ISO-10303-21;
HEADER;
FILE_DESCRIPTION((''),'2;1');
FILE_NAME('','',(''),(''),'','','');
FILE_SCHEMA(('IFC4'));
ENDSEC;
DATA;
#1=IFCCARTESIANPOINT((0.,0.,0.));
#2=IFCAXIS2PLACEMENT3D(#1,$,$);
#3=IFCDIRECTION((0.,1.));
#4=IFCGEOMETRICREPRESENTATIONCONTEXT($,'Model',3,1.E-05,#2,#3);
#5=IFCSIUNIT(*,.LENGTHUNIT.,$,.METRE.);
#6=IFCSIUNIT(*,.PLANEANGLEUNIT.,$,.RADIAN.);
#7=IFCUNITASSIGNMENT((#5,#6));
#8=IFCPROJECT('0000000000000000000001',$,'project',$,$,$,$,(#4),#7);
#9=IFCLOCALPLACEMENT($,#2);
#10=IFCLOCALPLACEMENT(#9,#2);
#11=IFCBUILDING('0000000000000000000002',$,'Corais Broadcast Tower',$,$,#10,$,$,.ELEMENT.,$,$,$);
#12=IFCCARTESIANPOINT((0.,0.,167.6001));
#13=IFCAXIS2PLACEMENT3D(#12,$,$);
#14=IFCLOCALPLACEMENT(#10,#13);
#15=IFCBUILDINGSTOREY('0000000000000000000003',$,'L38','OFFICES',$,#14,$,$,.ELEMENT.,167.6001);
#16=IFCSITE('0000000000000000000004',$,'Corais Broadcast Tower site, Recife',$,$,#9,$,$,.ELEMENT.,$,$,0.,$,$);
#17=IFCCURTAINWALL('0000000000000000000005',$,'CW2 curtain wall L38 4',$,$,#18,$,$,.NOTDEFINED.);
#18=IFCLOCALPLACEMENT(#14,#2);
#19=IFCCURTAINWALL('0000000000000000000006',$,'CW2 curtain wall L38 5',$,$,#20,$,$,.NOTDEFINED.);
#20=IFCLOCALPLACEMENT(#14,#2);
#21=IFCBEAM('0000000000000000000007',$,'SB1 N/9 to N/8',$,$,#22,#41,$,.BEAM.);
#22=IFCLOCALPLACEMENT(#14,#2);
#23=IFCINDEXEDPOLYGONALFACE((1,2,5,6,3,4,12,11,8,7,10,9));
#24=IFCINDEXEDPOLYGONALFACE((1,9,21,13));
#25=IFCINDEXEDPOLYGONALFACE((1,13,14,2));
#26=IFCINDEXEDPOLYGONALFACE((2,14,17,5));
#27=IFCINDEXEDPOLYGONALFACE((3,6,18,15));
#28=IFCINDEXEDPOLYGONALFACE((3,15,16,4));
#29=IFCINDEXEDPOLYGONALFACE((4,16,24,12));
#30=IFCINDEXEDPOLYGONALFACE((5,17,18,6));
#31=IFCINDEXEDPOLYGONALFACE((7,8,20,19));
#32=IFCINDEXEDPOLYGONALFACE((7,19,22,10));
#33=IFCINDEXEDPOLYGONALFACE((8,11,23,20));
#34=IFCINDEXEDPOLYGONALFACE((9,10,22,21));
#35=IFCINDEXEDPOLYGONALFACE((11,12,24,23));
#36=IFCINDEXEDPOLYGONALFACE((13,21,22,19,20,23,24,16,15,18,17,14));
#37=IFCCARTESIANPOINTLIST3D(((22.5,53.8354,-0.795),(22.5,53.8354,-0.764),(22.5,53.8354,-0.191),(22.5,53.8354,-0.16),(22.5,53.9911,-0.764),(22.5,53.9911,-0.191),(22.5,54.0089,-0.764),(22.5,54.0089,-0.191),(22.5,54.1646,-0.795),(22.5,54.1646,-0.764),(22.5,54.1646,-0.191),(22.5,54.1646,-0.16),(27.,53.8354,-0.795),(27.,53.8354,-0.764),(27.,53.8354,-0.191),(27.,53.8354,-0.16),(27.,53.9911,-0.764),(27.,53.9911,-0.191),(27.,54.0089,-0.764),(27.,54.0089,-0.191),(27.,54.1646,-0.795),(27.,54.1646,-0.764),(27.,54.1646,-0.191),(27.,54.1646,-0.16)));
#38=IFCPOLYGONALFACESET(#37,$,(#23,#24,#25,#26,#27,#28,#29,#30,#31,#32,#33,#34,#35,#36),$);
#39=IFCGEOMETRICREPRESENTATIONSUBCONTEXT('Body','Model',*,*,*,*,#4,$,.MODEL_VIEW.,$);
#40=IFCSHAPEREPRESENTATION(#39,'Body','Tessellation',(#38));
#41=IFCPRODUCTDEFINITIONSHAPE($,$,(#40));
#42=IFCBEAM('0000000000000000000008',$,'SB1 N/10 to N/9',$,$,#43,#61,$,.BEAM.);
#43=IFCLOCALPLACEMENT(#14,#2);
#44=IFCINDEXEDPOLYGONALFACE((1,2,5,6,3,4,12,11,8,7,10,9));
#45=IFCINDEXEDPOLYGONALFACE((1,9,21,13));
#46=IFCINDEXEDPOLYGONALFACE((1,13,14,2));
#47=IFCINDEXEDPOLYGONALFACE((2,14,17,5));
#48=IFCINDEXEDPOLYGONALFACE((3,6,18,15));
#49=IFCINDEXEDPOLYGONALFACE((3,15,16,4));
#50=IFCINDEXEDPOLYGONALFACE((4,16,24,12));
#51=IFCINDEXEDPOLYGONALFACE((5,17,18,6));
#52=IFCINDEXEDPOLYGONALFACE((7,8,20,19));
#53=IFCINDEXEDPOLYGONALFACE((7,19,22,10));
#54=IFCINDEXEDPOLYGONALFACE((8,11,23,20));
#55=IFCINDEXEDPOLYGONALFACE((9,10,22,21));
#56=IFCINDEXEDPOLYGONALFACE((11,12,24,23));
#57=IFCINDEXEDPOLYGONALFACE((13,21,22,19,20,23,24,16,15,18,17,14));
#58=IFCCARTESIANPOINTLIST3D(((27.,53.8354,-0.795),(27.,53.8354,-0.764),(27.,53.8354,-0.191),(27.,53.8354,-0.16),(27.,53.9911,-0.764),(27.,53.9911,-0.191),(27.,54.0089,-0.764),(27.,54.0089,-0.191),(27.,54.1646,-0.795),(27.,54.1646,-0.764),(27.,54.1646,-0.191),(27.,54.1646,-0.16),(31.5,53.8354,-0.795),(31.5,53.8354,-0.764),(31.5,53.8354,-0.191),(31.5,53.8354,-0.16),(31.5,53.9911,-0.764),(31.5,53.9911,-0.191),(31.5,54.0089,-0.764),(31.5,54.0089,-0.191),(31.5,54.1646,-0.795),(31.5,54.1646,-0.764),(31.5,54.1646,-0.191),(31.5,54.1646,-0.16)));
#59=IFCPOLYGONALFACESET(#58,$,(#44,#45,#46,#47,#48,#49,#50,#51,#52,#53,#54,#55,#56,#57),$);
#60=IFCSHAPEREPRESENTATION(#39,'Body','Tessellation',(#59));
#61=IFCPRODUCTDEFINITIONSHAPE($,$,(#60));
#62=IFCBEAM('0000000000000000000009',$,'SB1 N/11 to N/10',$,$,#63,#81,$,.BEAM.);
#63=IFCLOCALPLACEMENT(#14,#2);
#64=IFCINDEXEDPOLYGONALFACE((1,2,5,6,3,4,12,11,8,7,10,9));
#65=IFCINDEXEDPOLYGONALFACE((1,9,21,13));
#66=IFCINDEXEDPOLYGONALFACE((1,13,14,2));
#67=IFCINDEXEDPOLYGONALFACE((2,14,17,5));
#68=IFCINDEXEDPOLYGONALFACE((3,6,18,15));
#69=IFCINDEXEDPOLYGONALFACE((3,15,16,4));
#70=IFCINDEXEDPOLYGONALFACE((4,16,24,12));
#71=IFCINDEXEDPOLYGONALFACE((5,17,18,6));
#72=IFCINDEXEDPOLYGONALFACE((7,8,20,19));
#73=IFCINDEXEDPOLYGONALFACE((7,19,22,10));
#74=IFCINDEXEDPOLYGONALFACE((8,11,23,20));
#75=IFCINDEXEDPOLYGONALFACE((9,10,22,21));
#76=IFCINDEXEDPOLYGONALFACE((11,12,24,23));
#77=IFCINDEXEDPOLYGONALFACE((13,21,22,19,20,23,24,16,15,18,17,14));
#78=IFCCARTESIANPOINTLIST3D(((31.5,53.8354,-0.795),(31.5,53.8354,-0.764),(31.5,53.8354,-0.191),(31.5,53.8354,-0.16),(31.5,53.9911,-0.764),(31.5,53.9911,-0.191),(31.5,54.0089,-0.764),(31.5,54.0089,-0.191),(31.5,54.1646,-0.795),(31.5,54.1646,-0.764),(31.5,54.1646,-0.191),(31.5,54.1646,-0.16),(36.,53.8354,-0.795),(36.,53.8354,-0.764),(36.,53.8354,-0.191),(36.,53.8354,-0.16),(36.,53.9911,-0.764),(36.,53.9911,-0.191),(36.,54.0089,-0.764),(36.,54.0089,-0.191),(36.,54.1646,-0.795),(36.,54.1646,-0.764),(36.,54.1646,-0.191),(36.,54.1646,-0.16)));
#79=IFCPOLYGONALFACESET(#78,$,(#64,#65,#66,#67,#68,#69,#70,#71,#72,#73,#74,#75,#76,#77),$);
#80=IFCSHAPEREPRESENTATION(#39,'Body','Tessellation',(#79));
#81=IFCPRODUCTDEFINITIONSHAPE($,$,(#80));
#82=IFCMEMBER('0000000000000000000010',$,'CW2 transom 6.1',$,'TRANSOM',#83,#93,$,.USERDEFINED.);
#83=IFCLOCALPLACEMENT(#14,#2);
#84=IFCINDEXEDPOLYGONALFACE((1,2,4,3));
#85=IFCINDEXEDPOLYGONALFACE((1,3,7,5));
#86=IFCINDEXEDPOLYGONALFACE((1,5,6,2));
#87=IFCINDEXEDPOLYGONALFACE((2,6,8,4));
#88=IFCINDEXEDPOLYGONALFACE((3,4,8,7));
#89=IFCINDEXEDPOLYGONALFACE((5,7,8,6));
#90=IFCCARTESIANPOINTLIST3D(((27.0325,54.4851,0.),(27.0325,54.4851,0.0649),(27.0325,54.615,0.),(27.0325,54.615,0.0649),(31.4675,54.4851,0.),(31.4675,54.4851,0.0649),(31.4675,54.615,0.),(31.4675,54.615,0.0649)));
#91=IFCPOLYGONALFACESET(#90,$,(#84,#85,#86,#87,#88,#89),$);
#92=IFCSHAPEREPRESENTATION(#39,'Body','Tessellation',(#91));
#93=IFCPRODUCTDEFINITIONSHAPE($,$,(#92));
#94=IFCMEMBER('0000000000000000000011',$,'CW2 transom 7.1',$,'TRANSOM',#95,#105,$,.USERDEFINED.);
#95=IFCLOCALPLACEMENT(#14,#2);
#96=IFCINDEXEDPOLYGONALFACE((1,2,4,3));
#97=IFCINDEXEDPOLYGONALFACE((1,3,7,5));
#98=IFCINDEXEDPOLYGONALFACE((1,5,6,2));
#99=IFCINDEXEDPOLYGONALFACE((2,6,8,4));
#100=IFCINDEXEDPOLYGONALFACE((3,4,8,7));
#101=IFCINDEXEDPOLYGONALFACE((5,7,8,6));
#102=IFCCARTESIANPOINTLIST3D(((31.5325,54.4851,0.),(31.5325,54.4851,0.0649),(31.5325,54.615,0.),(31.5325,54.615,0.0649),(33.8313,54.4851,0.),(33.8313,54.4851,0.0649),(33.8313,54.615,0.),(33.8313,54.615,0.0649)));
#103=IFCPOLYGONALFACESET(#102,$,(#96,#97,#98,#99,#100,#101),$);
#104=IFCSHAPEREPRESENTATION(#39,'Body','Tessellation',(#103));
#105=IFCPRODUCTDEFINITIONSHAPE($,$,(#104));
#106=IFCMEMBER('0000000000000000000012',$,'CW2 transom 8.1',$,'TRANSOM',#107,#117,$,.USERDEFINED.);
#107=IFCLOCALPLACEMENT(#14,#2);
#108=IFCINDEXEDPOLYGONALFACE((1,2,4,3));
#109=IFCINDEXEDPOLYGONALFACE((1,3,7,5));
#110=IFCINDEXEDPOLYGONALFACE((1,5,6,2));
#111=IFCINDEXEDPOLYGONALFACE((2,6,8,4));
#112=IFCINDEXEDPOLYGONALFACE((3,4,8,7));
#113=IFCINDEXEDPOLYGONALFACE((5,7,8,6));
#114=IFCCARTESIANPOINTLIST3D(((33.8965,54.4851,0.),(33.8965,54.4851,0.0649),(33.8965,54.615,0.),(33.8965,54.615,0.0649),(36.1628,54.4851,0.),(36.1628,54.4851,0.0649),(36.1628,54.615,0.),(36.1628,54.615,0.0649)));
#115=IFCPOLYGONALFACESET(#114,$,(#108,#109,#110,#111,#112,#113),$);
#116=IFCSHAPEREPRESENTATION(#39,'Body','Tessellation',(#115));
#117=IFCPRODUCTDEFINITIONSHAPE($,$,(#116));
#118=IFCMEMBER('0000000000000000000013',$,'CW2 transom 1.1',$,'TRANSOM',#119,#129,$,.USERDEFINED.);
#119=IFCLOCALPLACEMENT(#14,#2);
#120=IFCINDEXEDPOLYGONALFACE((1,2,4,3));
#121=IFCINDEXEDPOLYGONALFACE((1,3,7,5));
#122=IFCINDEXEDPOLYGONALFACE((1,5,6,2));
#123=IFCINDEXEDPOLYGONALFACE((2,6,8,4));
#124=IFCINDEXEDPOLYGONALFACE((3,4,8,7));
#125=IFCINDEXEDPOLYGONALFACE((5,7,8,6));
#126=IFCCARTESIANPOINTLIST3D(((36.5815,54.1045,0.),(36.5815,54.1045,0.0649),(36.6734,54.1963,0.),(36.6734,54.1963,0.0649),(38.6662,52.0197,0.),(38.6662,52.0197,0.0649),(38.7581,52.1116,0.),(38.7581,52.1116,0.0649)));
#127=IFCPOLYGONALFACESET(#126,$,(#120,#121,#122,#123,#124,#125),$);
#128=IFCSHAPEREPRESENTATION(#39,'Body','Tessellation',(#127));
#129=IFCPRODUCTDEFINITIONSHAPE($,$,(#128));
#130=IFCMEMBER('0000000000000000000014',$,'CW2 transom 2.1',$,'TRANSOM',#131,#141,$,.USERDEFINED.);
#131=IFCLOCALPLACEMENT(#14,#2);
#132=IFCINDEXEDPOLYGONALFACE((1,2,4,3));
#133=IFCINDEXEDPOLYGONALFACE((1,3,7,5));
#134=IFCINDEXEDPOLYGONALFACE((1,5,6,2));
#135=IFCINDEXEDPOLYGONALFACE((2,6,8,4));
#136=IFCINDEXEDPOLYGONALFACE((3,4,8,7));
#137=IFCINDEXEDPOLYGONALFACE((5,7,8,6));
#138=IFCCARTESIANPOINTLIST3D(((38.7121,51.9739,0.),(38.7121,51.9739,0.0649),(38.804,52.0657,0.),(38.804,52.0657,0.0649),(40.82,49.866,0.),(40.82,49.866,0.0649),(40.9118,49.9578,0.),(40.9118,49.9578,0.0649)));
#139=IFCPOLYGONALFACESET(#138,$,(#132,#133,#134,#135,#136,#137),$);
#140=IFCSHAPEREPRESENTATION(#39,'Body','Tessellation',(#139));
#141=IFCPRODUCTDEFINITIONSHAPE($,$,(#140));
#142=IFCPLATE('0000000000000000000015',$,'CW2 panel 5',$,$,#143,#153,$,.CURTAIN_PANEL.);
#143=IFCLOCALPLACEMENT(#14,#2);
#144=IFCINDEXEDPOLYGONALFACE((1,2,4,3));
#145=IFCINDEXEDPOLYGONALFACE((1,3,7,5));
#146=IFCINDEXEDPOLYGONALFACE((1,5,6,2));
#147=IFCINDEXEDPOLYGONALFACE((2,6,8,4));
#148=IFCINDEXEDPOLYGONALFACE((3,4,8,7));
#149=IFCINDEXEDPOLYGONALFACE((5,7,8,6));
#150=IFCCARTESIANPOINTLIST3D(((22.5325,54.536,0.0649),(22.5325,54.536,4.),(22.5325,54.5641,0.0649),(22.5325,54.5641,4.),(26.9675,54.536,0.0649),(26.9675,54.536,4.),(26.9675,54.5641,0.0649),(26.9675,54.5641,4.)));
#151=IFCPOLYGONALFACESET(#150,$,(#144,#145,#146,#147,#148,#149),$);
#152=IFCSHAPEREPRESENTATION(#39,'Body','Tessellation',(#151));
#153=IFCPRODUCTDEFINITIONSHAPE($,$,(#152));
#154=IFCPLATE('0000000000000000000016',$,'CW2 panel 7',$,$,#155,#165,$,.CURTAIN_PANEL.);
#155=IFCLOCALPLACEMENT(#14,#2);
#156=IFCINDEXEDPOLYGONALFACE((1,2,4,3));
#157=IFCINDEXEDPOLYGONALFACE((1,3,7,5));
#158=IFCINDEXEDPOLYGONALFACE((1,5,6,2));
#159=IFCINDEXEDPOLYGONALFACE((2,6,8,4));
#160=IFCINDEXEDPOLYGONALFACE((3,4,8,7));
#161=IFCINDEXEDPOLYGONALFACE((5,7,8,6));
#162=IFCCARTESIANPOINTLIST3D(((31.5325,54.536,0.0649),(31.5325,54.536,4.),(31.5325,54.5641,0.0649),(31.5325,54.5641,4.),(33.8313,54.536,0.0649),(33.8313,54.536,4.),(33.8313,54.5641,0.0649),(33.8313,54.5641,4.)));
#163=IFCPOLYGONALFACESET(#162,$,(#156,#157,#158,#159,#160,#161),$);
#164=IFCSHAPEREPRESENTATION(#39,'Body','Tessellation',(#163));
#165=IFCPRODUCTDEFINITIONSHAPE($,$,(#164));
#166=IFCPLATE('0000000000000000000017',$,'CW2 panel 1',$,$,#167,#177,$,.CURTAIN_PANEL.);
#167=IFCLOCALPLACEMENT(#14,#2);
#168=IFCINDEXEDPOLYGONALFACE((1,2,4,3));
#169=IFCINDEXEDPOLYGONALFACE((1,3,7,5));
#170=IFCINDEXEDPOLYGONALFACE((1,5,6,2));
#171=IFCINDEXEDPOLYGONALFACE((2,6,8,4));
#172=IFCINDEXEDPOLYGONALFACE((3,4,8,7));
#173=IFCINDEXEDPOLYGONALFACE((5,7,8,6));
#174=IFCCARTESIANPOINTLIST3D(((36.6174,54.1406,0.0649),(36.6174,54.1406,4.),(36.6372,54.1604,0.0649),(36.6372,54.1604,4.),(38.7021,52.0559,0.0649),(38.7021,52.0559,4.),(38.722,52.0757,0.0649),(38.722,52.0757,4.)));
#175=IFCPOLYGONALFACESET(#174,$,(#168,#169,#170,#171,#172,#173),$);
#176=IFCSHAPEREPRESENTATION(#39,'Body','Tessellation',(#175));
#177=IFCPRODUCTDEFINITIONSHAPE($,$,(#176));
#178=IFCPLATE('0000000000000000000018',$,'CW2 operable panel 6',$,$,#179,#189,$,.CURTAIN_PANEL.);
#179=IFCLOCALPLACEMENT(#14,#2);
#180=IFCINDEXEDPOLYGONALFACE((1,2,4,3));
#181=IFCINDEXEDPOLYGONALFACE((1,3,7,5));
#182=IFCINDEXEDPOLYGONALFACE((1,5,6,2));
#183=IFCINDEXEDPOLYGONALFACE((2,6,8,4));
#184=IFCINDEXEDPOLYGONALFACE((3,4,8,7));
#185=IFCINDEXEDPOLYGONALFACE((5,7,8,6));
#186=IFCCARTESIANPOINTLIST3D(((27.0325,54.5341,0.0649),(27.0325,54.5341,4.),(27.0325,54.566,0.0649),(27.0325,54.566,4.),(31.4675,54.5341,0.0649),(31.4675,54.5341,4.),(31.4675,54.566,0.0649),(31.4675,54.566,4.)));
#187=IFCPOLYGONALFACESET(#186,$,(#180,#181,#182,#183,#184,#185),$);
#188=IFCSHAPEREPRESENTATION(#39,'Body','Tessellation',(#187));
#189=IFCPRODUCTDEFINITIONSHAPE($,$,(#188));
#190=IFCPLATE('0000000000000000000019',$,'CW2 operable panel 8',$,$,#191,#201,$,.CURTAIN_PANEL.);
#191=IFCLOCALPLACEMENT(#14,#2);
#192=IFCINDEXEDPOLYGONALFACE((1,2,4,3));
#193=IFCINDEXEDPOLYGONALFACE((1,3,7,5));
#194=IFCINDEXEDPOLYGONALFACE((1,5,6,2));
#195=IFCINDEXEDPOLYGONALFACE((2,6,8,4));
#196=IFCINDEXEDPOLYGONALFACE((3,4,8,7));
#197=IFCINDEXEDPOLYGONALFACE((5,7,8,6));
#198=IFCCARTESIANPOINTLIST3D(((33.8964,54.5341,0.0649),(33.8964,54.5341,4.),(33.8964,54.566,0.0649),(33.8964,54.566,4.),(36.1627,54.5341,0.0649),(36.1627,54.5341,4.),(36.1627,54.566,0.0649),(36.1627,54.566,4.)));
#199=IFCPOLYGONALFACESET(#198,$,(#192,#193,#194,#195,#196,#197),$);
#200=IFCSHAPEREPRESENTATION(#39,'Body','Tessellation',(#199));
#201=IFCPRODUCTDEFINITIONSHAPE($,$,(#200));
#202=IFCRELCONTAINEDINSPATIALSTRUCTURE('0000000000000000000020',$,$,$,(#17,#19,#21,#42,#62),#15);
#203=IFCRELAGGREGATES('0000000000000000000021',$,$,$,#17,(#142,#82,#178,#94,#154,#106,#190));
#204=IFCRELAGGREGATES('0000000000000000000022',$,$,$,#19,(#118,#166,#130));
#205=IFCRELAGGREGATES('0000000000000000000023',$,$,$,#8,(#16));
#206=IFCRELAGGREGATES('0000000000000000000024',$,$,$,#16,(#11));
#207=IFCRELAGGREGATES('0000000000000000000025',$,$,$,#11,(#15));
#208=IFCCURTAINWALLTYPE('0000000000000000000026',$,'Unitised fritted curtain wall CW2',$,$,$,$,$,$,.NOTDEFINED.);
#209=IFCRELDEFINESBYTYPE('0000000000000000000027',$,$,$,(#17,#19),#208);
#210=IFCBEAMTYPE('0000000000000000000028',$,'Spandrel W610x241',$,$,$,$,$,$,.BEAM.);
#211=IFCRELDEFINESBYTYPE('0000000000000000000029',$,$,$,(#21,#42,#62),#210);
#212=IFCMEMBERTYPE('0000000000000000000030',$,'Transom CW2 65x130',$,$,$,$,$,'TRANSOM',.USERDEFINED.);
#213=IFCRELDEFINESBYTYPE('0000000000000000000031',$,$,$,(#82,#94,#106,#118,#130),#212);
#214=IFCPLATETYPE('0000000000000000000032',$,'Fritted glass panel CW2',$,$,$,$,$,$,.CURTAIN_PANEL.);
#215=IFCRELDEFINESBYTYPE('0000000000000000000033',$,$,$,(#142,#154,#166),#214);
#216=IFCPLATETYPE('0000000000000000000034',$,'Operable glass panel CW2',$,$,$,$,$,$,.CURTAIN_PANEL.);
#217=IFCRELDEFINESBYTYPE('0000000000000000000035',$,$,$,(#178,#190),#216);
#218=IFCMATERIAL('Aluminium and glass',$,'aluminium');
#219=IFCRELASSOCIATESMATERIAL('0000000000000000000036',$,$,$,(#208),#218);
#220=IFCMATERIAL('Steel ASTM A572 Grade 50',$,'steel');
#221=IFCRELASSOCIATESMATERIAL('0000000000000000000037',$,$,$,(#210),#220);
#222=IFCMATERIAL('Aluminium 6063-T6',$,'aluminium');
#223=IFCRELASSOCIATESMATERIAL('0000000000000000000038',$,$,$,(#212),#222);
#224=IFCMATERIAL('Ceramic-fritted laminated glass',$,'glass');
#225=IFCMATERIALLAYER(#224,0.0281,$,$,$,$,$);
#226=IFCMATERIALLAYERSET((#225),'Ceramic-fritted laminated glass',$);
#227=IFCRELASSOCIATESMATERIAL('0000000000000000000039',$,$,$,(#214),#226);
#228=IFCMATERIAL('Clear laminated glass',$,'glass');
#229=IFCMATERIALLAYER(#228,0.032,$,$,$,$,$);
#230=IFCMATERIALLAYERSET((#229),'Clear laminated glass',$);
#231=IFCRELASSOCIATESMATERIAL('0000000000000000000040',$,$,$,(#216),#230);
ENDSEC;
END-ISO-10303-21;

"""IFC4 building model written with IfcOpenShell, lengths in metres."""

from ifc_helpers import new_model, si_unit, direction, frame, origin, origin_2d, place, context, subcontext, project, spatial, rectangle, i_section, extrude, material, layer, layer_set, material_profile, profile_set, type_object, element, aggregate, save


model = new_model("IFC4")

# Units and contexts
model_context = context("Model", 3, precision=1e-05, world=origin(), true_north=direction((0.0, 1.0)))
body_context = subcontext(model_context, "Body", "Model", "MODEL_VIEW")
ifc_project = project(units=[si_unit("LENGTHUNIT", "METRE"), si_unit("PLANEANGLEUNIT", "RADIAN")], contexts=[model_context])

# Site, building, storey
site_placement = place(None, origin())
site = spatial("IfcSite", under=ifc_project, at=site_placement, Name="Corais Broadcast Tower site, Recife", CompositionType="ELEMENT", RefElevation=0.0)
building_placement = place(site_placement, origin())
building = spatial("IfcBuilding", under=site, at=building_placement, Name="Corais Broadcast Tower", CompositionType="ELEMENT")
storey_placement = place(building_placement, frame((0.0, 0.0, 167.6001)))
storey = spatial("IfcBuildingStorey", under=building, at=storey_placement, Name="L38", Description="OFFICES", CompositionType="ELEMENT", Elevation=167.6001)

# Curtain walls
ifc_material_1 = material(Name="Aluminium and glass", Category="aluminium")
curtain_wall_type = type_object("IfcCurtainWallType", Name="Unitised fritted curtain wall CW2", PredefinedType="NOTDEFINED", material=ifc_material_1)
curtain_wall_1_placement = place(storey_placement, origin())
curtain_wall_1 = element("IfcCurtainWall", 1, at=curtain_wall_1_placement, inside=storey, type_object=curtain_wall_type, Name="CW2 curtain wall L38 4", PredefinedType="NOTDEFINED")
curtain_wall_2_placement = place(storey_placement, origin())
curtain_wall_2 = element("IfcCurtainWall", 2, at=curtain_wall_2_placement, inside=storey, type_object=curtain_wall_type, Name="CW2 curtain wall L38 5", PredefinedType="NOTDEFINED")

# Beams
ifc_material_2 = material(Name="Steel ASTM A572 Grade 50", Category="steel")
ifc_material_profile_1 = material_profile(ifc_material_2, i_section(OverallWidth=0.3291, OverallDepth=0.635, WebThickness=0.0178, FlangeThickness=0.031, at=origin_2d()), Name="W610x241")
ifc_profile_set_1 = profile_set([ifc_material_profile_1], Name="Steel ASTM A572 Grade 50")
beam_type_1 = type_object("IfcBeamType", Name="Spandrel W610x241", PredefinedType="BEAM", material=ifc_profile_set_1)
for number, where, z_axis, x_axis, name in (
    (3, (27.0, 54.0, -0.4775), (-1.0, 0.0, 0.0), (0.0, -1.0, 0.0), "SB1 N/9 to N/8"),
    (4, (31.5, 54.0, -0.4775), (-1.0, 0.0, 0.0), (0.0, -1.0, 0.0), "SB1 N/10 to N/9"),
    (5, (36.0, 54.0, -0.4775), (-1.0, 0.0, 0.0), (0.0, -1.0, 0.0), "SB1 N/11 to N/10"),
):
    element("IfcBeam", number, at=place(storey_placement, frame(where, z_axis=z_axis, x_axis=x_axis)), inside=storey, type_object=beam_type_1, Name=name, PredefinedType="BEAM", context=body_context, shape_type="SweptSolid", body=[
        extrude(i_section(OverallWidth=0.3291, OverallDepth=0.635, WebThickness=0.0178, FlangeThickness=0.031, at=origin_2d()), origin(), (0.0, 0.0, 1.0), 4.5),
    ])

# Members
ifc_material_3 = material(Name="Aluminium 6063-T6", Category="aluminium")
ifc_material_profile_2 = material_profile(ifc_material_3, rectangle(XDim=0.1299, YDim=0.0649, at=origin_2d()), Name="Transom CW2 65x130")
ifc_profile_set_2 = profile_set([ifc_material_profile_2], Name="Aluminium 6063-T6")
member_type_1 = type_object("IfcMemberType", Name="Transom CW2 65x130", ElementType="TRANSOM", PredefinedType="USERDEFINED", material=ifc_profile_set_2)
member_1_placement = place(storey_placement, frame((27.0325, 54.55, 0.0325), z_axis=(1.0, 0.0, 0.0), x_axis=(0.0, 1.0, 0.0)))
member_1 = element("IfcMember", 6, at=member_1_placement, type_object=member_type_1, Name="CW2 transom 6.1", ObjectType="TRANSOM", PredefinedType="USERDEFINED", context=body_context, shape_type="SweptSolid", body=[
    extrude(rectangle(XDim=0.1299, YDim=0.0649, at=origin_2d()), origin(), (0.0, 0.0, 1.0), 4.4351),
])
member_2_placement = place(storey_placement, frame((31.5325, 54.55, 0.0325), z_axis=(1.0, 0.0, 0.0), x_axis=(0.0, 1.0, 0.0)))
member_2 = element("IfcMember", 7, at=member_2_placement, type_object=member_type_1, Name="CW2 transom 7.1", ObjectType="TRANSOM", PredefinedType="USERDEFINED", context=body_context, shape_type="SweptSolid", body=[
    extrude(rectangle(XDim=0.1299, YDim=0.0649, at=origin_2d()), origin(), (0.0, 0.0, 1.0), 2.2988),
])
member_3_placement = place(storey_placement, frame((33.8965, 54.55, 0.0325), z_axis=(1.0, 0.0, 0.0), x_axis=(0.0, 1.0, 0.0)))
member_3 = element("IfcMember", 8, at=member_3_placement, type_object=member_type_1, Name="CW2 transom 8.1", ObjectType="TRANSOM", PredefinedType="USERDEFINED", context=body_context, shape_type="SweptSolid", body=[
    extrude(rectangle(XDim=0.1299, YDim=0.0649, at=origin_2d()), origin(), (0.0, 0.0, 1.0), 2.2664),
])
member_4_placement = place(storey_placement, frame((36.6274, 54.1504, 0.0325), z_axis=(0.707107, -0.707107, 0.0), x_axis=(0.707107, 0.707107, 0.0)))
member_4 = element("IfcMember", 9, at=member_4_placement, type_object=member_type_1, Name="CW2 transom 1.1", ObjectType="TRANSOM", PredefinedType="USERDEFINED", context=body_context, shape_type="SweptSolid", body=[
    extrude(rectangle(XDim=0.1299, YDim=0.0649, at=origin_2d()), origin(), (0.0, 0.0, 1.0), 2.9482),
])
member_5_placement = place(storey_placement, frame((38.7581, 52.0198, 0.0325), z_axis=(0.707107, -0.707107, 0.0), x_axis=(0.707107, 0.707107, 0.0)))
member_5 = element("IfcMember", 10, at=member_5_placement, type_object=member_type_1, Name="CW2 transom 2.1", ObjectType="TRANSOM", PredefinedType="USERDEFINED", context=body_context, shape_type="SweptSolid", body=[
    extrude(rectangle(XDim=0.1299, YDim=0.0649, at=origin_2d()), origin(), (0.0, 0.0, 1.0), 2.981),
])

# Plates
ifc_material_4 = material(Name="Ceramic-fritted laminated glass", Category="glass")
ifc_layer_1 = layer(ifc_material_4, 0.0281)
ifc_layer_set_1 = layer_set([ifc_layer_1], Name="Ceramic-fritted laminated glass")
plate_type_1 = type_object("IfcPlateType", Name="Fritted glass panel CW2", PredefinedType="CURTAIN_PANEL", material=ifc_layer_set_1)
plate_1_placement = place(storey_placement, frame((24.75, 54.55, 0.0649), z_axis=(0.0, 0.0, 1.0), x_axis=(1.0, 0.0, 0.0)))
plate_1 = element("IfcPlate", 11, at=plate_1_placement, type_object=plate_type_1, Name="CW2 panel 5", PredefinedType="CURTAIN_PANEL", context=body_context, shape_type="SweptSolid", body=[
    extrude(rectangle(XDim=4.4351, YDim=0.0281, at=origin_2d()), origin(), (0.0, 0.0, 1.0), 3.9351),
])
plate_2_placement = place(storey_placement, frame((32.6819, 54.55, 0.0649), z_axis=(0.0, 0.0, 1.0), x_axis=(1.0, 0.0, 0.0)))
plate_2 = element("IfcPlate", 12, at=plate_2_placement, type_object=plate_type_1, Name="CW2 panel 7", PredefinedType="CURTAIN_PANEL", context=body_context, shape_type="SweptSolid", body=[
    extrude(rectangle(XDim=2.2988, YDim=0.0281, at=origin_2d()), origin(), (0.0, 0.0, 1.0), 3.9351),
])
plate_3_placement = place(storey_placement, frame((37.6697, 53.1082, 0.0649), z_axis=(0.0, 0.0, 1.0), x_axis=(0.707107, -0.707107, 0.0)))
plate_3 = element("IfcPlate", 13, at=plate_3_placement, type_object=plate_type_1, Name="CW2 panel 1", PredefinedType="CURTAIN_PANEL", context=body_context, shape_type="SweptSolid", body=[
    extrude(rectangle(XDim=2.9482, YDim=0.0281, at=origin_2d()), origin(), (0.0, 0.0, 1.0), 3.9351),
])
ifc_material_5 = material(Name="Clear laminated glass", Category="glass")
ifc_layer_2 = layer(ifc_material_5, 0.032)
ifc_layer_set_2 = layer_set([ifc_layer_2], Name="Clear laminated glass")
plate_type_2 = type_object("IfcPlateType", Name="Operable glass panel CW2", PredefinedType="CURTAIN_PANEL", material=ifc_layer_set_2)
plate_4_placement = place(storey_placement, frame((29.25, 54.55, 0.0649), z_axis=(0.0, 0.0, 1.0), x_axis=(1.0, 0.0, 0.0)))
plate_4 = element("IfcPlate", 14, at=plate_4_placement, type_object=plate_type_2, Name="CW2 operable panel 6", PredefinedType="CURTAIN_PANEL", context=body_context, shape_type="SweptSolid", body=[
    extrude(rectangle(XDim=4.4351, YDim=0.032, at=origin_2d()), origin(), (0.0, 0.0, 1.0), 3.9351),
])
plate_5_placement = place(storey_placement, frame((35.0295, 54.55, 0.0649), z_axis=(0.0, 0.0, 1.0), x_axis=(1.0, 0.0, 0.0)))
plate_5 = element("IfcPlate", 15, at=plate_5_placement, type_object=plate_type_2, Name="CW2 operable panel 8", PredefinedType="CURTAIN_PANEL", context=body_context, shape_type="SweptSolid", body=[
    extrude(rectangle(XDim=2.2664, YDim=0.032, at=origin_2d()), origin(), (0.0, 0.0, 1.0), 3.9351),
])
aggregate(curtain_wall_1, [plate_1, member_1, plate_4, member_2, plate_2, member_3, plate_5])
aggregate(curtain_wall_2, [member_4, plate_3, member_5])

save(model, "model.ifc")
